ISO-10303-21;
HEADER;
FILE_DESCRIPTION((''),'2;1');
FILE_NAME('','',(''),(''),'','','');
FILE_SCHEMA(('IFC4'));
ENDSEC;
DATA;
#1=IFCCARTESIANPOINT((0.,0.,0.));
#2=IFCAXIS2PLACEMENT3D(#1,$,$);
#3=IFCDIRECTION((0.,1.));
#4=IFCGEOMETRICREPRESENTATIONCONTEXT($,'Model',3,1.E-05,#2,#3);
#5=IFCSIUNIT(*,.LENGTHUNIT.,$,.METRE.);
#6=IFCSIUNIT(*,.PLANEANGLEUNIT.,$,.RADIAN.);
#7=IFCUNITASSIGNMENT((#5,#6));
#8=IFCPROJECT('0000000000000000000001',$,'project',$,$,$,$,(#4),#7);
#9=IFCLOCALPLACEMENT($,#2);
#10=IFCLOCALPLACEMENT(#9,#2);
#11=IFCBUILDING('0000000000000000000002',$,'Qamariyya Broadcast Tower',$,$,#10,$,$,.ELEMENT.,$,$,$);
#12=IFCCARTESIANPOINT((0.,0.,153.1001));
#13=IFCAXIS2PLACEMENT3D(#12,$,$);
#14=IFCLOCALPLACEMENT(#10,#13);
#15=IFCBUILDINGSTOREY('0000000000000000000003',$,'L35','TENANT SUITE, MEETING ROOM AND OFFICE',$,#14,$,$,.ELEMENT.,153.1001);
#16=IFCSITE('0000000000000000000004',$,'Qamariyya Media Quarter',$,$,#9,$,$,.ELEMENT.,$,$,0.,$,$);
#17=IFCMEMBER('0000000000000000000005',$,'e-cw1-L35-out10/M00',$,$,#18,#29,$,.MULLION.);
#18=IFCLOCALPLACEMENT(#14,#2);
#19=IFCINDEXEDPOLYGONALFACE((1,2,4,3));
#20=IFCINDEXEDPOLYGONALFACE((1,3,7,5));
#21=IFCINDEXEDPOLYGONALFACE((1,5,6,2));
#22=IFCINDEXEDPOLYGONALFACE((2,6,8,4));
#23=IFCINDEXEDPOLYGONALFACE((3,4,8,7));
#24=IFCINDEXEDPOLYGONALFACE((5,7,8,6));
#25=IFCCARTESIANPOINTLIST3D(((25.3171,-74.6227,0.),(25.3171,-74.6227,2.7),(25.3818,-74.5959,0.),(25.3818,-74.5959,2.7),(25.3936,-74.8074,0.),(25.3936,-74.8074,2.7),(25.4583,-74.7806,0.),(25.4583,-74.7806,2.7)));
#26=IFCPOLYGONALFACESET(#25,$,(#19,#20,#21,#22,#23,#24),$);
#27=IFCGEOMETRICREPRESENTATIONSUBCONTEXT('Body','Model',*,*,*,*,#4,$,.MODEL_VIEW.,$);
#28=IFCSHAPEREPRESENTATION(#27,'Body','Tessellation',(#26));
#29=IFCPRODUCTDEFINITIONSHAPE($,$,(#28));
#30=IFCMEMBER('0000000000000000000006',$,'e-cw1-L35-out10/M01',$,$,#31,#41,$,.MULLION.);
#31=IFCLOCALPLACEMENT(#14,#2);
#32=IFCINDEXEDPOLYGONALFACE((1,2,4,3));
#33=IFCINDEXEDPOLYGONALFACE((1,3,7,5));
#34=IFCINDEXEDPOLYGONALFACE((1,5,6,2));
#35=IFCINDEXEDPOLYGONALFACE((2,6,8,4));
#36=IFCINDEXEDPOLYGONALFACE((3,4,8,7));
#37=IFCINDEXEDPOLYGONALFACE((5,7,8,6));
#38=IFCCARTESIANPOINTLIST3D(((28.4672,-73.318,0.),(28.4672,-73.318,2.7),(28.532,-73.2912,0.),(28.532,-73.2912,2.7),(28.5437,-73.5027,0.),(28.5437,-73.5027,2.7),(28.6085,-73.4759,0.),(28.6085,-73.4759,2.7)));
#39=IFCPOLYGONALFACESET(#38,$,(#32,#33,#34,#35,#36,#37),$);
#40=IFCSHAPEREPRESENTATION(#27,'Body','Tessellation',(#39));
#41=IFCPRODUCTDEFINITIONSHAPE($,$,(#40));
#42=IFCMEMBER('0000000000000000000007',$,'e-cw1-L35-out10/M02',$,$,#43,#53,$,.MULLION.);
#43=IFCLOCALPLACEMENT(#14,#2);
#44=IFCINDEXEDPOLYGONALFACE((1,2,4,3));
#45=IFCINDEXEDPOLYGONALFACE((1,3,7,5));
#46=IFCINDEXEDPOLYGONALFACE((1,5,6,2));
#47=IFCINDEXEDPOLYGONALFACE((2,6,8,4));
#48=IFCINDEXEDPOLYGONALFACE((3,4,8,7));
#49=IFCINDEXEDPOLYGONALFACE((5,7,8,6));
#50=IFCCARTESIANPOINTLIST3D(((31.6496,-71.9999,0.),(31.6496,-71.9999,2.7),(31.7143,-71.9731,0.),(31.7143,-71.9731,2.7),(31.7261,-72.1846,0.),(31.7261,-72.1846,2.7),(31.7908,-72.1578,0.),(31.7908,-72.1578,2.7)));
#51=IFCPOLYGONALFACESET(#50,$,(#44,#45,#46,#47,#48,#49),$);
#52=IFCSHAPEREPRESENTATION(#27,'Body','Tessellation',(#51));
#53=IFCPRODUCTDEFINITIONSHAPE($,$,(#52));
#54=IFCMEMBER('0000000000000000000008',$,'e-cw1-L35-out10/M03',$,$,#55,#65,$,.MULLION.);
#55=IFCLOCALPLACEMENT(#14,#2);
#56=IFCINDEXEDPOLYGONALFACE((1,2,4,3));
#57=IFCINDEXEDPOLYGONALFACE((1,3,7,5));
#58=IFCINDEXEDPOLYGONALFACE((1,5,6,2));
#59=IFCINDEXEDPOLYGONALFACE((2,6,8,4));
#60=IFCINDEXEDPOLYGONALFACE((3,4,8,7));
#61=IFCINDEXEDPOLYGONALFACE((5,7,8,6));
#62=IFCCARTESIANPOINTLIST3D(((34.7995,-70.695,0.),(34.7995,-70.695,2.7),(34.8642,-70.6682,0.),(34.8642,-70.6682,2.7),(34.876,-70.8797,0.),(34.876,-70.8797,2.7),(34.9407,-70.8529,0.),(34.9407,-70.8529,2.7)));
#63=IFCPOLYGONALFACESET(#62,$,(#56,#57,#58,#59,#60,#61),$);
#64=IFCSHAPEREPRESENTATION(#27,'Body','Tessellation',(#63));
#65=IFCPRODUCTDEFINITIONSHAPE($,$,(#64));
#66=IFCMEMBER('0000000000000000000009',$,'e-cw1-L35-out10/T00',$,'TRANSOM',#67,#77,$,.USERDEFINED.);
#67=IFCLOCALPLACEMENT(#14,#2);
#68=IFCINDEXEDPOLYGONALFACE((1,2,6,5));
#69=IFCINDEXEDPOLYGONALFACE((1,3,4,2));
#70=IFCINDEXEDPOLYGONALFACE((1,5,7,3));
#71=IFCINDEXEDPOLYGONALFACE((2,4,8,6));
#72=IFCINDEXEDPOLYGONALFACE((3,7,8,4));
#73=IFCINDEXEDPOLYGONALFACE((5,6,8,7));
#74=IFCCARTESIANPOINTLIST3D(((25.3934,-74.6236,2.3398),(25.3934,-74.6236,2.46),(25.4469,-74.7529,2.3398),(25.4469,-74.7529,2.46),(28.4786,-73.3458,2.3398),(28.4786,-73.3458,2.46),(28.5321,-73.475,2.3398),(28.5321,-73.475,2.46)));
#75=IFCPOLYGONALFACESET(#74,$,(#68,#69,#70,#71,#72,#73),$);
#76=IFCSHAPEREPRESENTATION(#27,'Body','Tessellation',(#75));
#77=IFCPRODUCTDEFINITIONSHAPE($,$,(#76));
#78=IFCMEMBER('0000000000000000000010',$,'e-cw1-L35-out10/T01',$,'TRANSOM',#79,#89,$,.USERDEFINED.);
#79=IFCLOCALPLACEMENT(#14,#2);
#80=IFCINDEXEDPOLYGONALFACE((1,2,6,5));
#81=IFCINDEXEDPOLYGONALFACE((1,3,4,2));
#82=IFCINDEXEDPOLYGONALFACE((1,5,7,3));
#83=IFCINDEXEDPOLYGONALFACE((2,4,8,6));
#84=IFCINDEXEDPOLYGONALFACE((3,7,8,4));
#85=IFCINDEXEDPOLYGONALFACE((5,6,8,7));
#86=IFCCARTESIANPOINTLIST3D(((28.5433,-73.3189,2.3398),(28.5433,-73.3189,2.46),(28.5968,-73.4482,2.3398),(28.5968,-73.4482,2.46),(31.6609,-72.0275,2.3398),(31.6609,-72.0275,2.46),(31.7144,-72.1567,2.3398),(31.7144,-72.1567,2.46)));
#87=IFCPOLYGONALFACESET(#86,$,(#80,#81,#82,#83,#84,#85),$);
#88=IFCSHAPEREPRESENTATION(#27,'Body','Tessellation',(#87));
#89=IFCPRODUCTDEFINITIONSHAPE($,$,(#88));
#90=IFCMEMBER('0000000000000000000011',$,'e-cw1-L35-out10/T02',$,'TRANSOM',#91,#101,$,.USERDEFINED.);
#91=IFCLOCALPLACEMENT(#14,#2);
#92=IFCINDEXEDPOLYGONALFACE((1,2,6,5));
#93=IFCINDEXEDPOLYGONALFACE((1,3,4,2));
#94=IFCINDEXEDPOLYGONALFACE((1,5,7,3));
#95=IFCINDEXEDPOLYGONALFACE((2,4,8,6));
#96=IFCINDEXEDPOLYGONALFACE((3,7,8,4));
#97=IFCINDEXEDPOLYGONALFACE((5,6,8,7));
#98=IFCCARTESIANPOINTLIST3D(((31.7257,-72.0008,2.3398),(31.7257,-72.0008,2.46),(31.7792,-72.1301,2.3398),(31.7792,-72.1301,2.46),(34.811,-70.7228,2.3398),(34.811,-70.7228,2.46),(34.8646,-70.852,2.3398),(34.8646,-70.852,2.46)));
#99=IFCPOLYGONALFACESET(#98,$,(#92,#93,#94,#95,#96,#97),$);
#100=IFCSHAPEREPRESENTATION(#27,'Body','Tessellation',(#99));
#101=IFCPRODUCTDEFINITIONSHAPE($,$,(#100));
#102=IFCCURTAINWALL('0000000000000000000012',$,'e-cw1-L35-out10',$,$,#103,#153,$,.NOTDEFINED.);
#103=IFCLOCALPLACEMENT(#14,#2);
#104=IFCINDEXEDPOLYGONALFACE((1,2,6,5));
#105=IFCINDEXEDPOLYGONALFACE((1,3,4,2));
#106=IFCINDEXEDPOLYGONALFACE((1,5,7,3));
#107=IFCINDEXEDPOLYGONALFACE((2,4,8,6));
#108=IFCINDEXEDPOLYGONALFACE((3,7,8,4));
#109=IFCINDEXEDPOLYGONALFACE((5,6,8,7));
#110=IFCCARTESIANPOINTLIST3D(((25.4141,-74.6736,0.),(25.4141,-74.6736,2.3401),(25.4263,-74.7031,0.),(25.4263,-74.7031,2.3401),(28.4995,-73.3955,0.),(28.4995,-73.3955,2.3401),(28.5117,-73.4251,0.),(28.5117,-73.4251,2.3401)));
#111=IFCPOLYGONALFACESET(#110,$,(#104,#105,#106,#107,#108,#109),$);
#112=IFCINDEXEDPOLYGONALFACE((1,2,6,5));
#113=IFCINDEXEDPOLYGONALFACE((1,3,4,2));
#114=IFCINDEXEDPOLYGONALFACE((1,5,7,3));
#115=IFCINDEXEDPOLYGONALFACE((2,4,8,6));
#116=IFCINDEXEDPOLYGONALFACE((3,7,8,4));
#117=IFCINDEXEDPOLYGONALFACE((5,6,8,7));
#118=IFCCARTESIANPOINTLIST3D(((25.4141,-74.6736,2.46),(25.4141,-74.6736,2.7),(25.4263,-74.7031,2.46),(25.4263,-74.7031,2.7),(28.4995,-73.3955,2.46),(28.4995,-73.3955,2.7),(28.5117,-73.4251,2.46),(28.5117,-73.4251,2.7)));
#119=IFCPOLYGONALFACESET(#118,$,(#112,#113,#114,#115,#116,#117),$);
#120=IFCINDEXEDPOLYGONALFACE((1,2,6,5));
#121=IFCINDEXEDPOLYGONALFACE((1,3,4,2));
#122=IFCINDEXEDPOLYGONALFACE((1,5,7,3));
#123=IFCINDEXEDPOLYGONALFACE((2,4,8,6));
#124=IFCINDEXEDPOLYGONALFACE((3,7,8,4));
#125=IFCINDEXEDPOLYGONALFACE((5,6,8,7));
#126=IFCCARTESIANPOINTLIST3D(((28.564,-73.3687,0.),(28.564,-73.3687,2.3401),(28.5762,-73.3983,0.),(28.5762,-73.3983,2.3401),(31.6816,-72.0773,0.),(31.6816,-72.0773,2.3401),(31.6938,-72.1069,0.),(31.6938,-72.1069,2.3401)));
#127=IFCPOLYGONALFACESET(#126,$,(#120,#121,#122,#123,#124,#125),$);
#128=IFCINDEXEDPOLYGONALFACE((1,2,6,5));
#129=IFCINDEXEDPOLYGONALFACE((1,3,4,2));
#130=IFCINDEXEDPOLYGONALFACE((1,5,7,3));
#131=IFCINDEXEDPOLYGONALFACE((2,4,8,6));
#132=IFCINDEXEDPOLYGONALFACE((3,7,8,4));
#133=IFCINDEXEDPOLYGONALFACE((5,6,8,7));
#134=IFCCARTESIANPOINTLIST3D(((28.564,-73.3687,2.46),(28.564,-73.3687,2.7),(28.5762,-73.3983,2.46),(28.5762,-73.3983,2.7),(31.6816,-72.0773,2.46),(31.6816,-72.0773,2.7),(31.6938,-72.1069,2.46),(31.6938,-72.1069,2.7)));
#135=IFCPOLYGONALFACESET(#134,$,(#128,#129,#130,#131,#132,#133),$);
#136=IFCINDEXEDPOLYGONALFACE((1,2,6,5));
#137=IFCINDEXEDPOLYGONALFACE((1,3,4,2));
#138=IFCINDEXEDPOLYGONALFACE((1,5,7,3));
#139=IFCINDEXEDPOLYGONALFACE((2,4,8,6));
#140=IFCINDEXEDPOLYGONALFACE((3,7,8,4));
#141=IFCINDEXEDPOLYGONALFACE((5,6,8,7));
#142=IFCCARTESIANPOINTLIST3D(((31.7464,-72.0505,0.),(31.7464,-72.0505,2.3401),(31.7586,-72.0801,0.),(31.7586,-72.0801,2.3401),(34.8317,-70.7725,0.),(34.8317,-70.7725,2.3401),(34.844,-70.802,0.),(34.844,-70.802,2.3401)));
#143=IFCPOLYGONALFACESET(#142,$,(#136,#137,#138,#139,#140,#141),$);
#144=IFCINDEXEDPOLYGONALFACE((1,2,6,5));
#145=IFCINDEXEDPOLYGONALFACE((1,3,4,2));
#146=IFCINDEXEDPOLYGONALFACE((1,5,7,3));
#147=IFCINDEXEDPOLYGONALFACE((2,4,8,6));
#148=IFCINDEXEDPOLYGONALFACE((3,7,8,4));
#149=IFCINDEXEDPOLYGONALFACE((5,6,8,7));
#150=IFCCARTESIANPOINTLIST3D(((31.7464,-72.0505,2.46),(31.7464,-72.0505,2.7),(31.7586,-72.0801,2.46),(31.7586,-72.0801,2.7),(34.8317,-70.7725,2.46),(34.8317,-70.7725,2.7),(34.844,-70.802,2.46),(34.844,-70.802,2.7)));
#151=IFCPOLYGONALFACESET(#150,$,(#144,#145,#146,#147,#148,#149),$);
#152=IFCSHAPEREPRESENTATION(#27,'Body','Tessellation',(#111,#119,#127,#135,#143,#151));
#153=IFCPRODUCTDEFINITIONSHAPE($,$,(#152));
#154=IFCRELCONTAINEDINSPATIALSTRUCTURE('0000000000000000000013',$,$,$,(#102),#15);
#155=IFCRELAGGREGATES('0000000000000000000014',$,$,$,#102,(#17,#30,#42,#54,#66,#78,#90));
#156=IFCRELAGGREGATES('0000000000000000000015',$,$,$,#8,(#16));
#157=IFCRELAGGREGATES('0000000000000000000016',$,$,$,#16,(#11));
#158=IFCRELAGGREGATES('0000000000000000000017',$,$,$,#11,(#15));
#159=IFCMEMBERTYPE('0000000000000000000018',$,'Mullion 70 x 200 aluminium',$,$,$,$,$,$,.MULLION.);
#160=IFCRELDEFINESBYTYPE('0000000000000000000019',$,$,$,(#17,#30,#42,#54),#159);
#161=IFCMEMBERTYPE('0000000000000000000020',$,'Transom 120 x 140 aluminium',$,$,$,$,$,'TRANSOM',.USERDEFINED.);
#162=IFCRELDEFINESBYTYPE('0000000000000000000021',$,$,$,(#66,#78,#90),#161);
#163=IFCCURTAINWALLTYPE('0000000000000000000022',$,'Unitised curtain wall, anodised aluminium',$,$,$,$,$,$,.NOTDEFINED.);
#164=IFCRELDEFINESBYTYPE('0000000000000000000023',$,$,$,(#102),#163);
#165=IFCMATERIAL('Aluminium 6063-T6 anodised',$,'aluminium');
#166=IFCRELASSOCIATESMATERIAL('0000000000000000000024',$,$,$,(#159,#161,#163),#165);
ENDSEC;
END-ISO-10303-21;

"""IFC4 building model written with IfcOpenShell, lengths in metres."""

from ifc_helpers import new_model, si_unit, direction, frame, origin, origin_2d, place, context, subcontext, project, spatial, rectangle, extrude, material, material_profile, profile_set, type_object, element, aggregate, save


model = new_model("IFC4")

# Units and contexts
model_context = context("Model", 3, precision=1e-05, world=origin(), true_north=direction((0.0, 1.0)))
body_context = subcontext(model_context, "Body", "Model", "MODEL_VIEW")
ifc_project = project(units=[si_unit("LENGTHUNIT", "METRE"), si_unit("PLANEANGLEUNIT", "RADIAN")], contexts=[model_context])

# Members
ifc_material = material(Name="Aluminium 6063-T6 anodised", Category="aluminium")
ifc_material_profile_1 = material_profile(ifc_material, rectangle(XDim=0.2, YDim=0.0701, at=origin_2d()))
ifc_profile_set_1 = profile_set([ifc_material_profile_1], Name="Aluminium 6063-T6 anodised")
member_type_1 = type_object("IfcMemberType", Name="Mullion 70 x 200 aluminium", PredefinedType="MULLION", material=ifc_profile_set_1)
site_placement = place(None, origin())
building_placement = place(site_placement, origin())
storey_placement = place(building_placement, frame((0.0, 0.0, 153.1001)))
member_1_placement = place(storey_placement, frame((25.3877, -74.7017, 0.0), z_axis=(0.0, 0.0, 1.0), x_axis=(-0.382683, 0.92388, 0.0)))
member_1 = element("IfcMember", 1, at=member_1_placement, type_object=member_type_1, Name="e-cw1-L35-out10/M00", PredefinedType="MULLION", context=body_context, shape_type="SweptSolid", body=[
    extrude(rectangle(XDim=0.2, YDim=0.0701, at=origin_2d()), origin(), (0.0, 0.0, 1.0), 2.7),
])
member_2_placement = place(storey_placement, frame((28.5378, -73.397, 0.0), z_axis=(0.0, 0.0, 1.0), x_axis=(-0.382683, 0.92388, 0.0)))
member_2 = element("IfcMember", 2, at=member_2_placement, type_object=member_type_1, Name="e-cw1-L35-out10/M01", PredefinedType="MULLION", context=body_context, shape_type="SweptSolid", body=[
    extrude(rectangle(XDim=0.2, YDim=0.0701, at=origin_2d()), origin(), (0.0, 0.0, 1.0), 2.7),
])
member_3_placement = place(storey_placement, frame((31.7202, -72.0789, 0.0), z_axis=(0.0, 0.0, 1.0), x_axis=(-0.382683, 0.92388, 0.0)))
member_3 = element("IfcMember", 3, at=member_3_placement, type_object=member_type_1, Name="e-cw1-L35-out10/M02", PredefinedType="MULLION", context=body_context, shape_type="SweptSolid", body=[
    extrude(rectangle(XDim=0.2, YDim=0.0701, at=origin_2d()), origin(), (0.0, 0.0, 1.0), 2.7),
])
member_4_placement = place(storey_placement, frame((34.8701, -70.7739, 0.0), z_axis=(0.0, 0.0, 1.0), x_axis=(-0.382683, 0.92388, 0.0)))
member_4 = element("IfcMember", 4, at=member_4_placement, type_object=member_type_1, Name="e-cw1-L35-out10/M03", PredefinedType="MULLION", context=body_context, shape_type="SweptSolid", body=[
    extrude(rectangle(XDim=0.2, YDim=0.0701, at=origin_2d()), origin(), (0.0, 0.0, 1.0), 2.7),
])
ifc_material_profile_2 = material_profile(ifc_material, rectangle(XDim=0.1399, YDim=0.1201, at=origin_2d()))
ifc_profile_set_2 = profile_set([ifc_material_profile_2], Name="Aluminium 6063-T6 anodised")
member_type_2 = type_object("IfcMemberType", Name="Transom 120 x 140 aluminium", ElementType="TRANSOM", PredefinedType="USERDEFINED", material=ifc_profile_set_2)
member_5_placement = place(storey_placement, frame((25.4202, -74.6882, 2.3999), z_axis=(0.92389, 0.382657, 0.0), x_axis=(-0.382657, 0.92389, 0.0)))
member_5 = element("IfcMember", 5, at=member_5_placement, type_object=member_type_2, Name="e-cw1-L35-out10/T00", ObjectType="TRANSOM", PredefinedType="USERDEFINED", context=body_context, shape_type="SweptSolid", body=[
    extrude(rectangle(XDim=0.1399, YDim=0.1201, at=origin_2d()), origin(), (0.0, 0.0, 1.0), 3.3394),
])
member_6_placement = place(storey_placement, frame((28.5701, -73.3835, 2.3999), z_axis=(0.923867, 0.382714, 0.0), x_axis=(-0.382714, 0.923867, 0.0)))
member_6 = element("IfcMember", 6, at=member_6_placement, type_object=member_type_2, Name="e-cw1-L35-out10/T01", ObjectType="TRANSOM", PredefinedType="USERDEFINED", context=body_context, shape_type="SweptSolid", body=[
    extrude(rectangle(XDim=0.1399, YDim=0.1201, at=origin_2d()), origin(), (0.0, 0.0, 1.0), 3.3745),
])
member_7_placement = place(storey_placement, frame((31.7524, -72.0654, 2.3999), z_axis=(0.923875, 0.382694, 0.0), x_axis=(-0.382694, 0.923875, 0.0)))
member_7 = element("IfcMember", 7, at=member_7_placement, type_object=member_type_2, Name="e-cw1-L35-out10/T02", ObjectType="TRANSOM", PredefinedType="USERDEFINED", context=body_context, shape_type="SweptSolid", body=[
    extrude(rectangle(XDim=0.1399, YDim=0.1201, at=origin_2d()), origin(), (0.0, 0.0, 1.0), 3.3396),
])

# Site, building, storey
site = spatial("IfcSite", under=ifc_project, at=site_placement, Name="Qamariyya Media Quarter", CompositionType="ELEMENT", RefElevation=0.0)
building = spatial("IfcBuilding", under=site, at=building_placement, Name="Qamariyya Broadcast Tower", CompositionType="ELEMENT")
storey = spatial("IfcBuildingStorey", under=building, at=storey_placement, Name="L35", Description="TENANT SUITE, MEETING ROOM AND OFFICE", CompositionType="ELEMENT", Elevation=153.1001)

# Curtain wall
curtain_wall_type = type_object("IfcCurtainWallType", Name="Unitised curtain wall, anodised aluminium", PredefinedType="NOTDEFINED", material=ifc_material)
curtain_wall_1_placement = place(storey_placement, origin())
curtain_wall_1 = element("IfcCurtainWall", 8, at=curtain_wall_1_placement, inside=storey, type_object=curtain_wall_type, Name="e-cw1-L35-out10", PredefinedType="NOTDEFINED", context=body_context, shape_type="SweptSolid", body=[
    extrude(rectangle(XDim=3.3396, YDim=0.032, at=origin_2d()), frame((26.9629, -74.0493, 0.0), x_axis=(0.923878, 0.382687, 0.0)), (0.0, 0.0, 1.0), 2.3401),
    extrude(rectangle(XDim=3.3396, YDim=0.032, at=origin_2d()), frame((26.9629, -74.0493, 2.46), x_axis=(0.923878, 0.382687, 0.0)), (0.0, 0.0, 1.0), 0.24),
    extrude(rectangle(XDim=3.3745, YDim=0.032, at=origin_2d()), frame((30.1289, -72.7378, 0.0), x_axis=(0.923878, 0.382687, 0.0)), (0.0, 0.0, 1.0), 2.3401),
    extrude(rectangle(XDim=3.3745, YDim=0.032, at=origin_2d()), frame((30.1289, -72.7378, 2.46), x_axis=(0.923878, 0.382687, 0.0)), (0.0, 0.0, 1.0), 0.24),
    extrude(rectangle(XDim=3.3396, YDim=0.032, at=origin_2d()), frame((33.2952, -71.4263, 0.0), x_axis=(0.923878, 0.382687, 0.0)), (0.0, 0.0, 1.0), 2.3401),
    extrude(rectangle(XDim=3.3396, YDim=0.032, at=origin_2d()), frame((33.2952, -71.4263, 2.46), x_axis=(0.923878, 0.382687, 0.0)), (0.0, 0.0, 1.0), 0.24),
])
aggregate(curtain_wall_1, [member_1, member_2, member_3, member_4, member_5, member_6, member_7])

save(model, "model.ifc")
